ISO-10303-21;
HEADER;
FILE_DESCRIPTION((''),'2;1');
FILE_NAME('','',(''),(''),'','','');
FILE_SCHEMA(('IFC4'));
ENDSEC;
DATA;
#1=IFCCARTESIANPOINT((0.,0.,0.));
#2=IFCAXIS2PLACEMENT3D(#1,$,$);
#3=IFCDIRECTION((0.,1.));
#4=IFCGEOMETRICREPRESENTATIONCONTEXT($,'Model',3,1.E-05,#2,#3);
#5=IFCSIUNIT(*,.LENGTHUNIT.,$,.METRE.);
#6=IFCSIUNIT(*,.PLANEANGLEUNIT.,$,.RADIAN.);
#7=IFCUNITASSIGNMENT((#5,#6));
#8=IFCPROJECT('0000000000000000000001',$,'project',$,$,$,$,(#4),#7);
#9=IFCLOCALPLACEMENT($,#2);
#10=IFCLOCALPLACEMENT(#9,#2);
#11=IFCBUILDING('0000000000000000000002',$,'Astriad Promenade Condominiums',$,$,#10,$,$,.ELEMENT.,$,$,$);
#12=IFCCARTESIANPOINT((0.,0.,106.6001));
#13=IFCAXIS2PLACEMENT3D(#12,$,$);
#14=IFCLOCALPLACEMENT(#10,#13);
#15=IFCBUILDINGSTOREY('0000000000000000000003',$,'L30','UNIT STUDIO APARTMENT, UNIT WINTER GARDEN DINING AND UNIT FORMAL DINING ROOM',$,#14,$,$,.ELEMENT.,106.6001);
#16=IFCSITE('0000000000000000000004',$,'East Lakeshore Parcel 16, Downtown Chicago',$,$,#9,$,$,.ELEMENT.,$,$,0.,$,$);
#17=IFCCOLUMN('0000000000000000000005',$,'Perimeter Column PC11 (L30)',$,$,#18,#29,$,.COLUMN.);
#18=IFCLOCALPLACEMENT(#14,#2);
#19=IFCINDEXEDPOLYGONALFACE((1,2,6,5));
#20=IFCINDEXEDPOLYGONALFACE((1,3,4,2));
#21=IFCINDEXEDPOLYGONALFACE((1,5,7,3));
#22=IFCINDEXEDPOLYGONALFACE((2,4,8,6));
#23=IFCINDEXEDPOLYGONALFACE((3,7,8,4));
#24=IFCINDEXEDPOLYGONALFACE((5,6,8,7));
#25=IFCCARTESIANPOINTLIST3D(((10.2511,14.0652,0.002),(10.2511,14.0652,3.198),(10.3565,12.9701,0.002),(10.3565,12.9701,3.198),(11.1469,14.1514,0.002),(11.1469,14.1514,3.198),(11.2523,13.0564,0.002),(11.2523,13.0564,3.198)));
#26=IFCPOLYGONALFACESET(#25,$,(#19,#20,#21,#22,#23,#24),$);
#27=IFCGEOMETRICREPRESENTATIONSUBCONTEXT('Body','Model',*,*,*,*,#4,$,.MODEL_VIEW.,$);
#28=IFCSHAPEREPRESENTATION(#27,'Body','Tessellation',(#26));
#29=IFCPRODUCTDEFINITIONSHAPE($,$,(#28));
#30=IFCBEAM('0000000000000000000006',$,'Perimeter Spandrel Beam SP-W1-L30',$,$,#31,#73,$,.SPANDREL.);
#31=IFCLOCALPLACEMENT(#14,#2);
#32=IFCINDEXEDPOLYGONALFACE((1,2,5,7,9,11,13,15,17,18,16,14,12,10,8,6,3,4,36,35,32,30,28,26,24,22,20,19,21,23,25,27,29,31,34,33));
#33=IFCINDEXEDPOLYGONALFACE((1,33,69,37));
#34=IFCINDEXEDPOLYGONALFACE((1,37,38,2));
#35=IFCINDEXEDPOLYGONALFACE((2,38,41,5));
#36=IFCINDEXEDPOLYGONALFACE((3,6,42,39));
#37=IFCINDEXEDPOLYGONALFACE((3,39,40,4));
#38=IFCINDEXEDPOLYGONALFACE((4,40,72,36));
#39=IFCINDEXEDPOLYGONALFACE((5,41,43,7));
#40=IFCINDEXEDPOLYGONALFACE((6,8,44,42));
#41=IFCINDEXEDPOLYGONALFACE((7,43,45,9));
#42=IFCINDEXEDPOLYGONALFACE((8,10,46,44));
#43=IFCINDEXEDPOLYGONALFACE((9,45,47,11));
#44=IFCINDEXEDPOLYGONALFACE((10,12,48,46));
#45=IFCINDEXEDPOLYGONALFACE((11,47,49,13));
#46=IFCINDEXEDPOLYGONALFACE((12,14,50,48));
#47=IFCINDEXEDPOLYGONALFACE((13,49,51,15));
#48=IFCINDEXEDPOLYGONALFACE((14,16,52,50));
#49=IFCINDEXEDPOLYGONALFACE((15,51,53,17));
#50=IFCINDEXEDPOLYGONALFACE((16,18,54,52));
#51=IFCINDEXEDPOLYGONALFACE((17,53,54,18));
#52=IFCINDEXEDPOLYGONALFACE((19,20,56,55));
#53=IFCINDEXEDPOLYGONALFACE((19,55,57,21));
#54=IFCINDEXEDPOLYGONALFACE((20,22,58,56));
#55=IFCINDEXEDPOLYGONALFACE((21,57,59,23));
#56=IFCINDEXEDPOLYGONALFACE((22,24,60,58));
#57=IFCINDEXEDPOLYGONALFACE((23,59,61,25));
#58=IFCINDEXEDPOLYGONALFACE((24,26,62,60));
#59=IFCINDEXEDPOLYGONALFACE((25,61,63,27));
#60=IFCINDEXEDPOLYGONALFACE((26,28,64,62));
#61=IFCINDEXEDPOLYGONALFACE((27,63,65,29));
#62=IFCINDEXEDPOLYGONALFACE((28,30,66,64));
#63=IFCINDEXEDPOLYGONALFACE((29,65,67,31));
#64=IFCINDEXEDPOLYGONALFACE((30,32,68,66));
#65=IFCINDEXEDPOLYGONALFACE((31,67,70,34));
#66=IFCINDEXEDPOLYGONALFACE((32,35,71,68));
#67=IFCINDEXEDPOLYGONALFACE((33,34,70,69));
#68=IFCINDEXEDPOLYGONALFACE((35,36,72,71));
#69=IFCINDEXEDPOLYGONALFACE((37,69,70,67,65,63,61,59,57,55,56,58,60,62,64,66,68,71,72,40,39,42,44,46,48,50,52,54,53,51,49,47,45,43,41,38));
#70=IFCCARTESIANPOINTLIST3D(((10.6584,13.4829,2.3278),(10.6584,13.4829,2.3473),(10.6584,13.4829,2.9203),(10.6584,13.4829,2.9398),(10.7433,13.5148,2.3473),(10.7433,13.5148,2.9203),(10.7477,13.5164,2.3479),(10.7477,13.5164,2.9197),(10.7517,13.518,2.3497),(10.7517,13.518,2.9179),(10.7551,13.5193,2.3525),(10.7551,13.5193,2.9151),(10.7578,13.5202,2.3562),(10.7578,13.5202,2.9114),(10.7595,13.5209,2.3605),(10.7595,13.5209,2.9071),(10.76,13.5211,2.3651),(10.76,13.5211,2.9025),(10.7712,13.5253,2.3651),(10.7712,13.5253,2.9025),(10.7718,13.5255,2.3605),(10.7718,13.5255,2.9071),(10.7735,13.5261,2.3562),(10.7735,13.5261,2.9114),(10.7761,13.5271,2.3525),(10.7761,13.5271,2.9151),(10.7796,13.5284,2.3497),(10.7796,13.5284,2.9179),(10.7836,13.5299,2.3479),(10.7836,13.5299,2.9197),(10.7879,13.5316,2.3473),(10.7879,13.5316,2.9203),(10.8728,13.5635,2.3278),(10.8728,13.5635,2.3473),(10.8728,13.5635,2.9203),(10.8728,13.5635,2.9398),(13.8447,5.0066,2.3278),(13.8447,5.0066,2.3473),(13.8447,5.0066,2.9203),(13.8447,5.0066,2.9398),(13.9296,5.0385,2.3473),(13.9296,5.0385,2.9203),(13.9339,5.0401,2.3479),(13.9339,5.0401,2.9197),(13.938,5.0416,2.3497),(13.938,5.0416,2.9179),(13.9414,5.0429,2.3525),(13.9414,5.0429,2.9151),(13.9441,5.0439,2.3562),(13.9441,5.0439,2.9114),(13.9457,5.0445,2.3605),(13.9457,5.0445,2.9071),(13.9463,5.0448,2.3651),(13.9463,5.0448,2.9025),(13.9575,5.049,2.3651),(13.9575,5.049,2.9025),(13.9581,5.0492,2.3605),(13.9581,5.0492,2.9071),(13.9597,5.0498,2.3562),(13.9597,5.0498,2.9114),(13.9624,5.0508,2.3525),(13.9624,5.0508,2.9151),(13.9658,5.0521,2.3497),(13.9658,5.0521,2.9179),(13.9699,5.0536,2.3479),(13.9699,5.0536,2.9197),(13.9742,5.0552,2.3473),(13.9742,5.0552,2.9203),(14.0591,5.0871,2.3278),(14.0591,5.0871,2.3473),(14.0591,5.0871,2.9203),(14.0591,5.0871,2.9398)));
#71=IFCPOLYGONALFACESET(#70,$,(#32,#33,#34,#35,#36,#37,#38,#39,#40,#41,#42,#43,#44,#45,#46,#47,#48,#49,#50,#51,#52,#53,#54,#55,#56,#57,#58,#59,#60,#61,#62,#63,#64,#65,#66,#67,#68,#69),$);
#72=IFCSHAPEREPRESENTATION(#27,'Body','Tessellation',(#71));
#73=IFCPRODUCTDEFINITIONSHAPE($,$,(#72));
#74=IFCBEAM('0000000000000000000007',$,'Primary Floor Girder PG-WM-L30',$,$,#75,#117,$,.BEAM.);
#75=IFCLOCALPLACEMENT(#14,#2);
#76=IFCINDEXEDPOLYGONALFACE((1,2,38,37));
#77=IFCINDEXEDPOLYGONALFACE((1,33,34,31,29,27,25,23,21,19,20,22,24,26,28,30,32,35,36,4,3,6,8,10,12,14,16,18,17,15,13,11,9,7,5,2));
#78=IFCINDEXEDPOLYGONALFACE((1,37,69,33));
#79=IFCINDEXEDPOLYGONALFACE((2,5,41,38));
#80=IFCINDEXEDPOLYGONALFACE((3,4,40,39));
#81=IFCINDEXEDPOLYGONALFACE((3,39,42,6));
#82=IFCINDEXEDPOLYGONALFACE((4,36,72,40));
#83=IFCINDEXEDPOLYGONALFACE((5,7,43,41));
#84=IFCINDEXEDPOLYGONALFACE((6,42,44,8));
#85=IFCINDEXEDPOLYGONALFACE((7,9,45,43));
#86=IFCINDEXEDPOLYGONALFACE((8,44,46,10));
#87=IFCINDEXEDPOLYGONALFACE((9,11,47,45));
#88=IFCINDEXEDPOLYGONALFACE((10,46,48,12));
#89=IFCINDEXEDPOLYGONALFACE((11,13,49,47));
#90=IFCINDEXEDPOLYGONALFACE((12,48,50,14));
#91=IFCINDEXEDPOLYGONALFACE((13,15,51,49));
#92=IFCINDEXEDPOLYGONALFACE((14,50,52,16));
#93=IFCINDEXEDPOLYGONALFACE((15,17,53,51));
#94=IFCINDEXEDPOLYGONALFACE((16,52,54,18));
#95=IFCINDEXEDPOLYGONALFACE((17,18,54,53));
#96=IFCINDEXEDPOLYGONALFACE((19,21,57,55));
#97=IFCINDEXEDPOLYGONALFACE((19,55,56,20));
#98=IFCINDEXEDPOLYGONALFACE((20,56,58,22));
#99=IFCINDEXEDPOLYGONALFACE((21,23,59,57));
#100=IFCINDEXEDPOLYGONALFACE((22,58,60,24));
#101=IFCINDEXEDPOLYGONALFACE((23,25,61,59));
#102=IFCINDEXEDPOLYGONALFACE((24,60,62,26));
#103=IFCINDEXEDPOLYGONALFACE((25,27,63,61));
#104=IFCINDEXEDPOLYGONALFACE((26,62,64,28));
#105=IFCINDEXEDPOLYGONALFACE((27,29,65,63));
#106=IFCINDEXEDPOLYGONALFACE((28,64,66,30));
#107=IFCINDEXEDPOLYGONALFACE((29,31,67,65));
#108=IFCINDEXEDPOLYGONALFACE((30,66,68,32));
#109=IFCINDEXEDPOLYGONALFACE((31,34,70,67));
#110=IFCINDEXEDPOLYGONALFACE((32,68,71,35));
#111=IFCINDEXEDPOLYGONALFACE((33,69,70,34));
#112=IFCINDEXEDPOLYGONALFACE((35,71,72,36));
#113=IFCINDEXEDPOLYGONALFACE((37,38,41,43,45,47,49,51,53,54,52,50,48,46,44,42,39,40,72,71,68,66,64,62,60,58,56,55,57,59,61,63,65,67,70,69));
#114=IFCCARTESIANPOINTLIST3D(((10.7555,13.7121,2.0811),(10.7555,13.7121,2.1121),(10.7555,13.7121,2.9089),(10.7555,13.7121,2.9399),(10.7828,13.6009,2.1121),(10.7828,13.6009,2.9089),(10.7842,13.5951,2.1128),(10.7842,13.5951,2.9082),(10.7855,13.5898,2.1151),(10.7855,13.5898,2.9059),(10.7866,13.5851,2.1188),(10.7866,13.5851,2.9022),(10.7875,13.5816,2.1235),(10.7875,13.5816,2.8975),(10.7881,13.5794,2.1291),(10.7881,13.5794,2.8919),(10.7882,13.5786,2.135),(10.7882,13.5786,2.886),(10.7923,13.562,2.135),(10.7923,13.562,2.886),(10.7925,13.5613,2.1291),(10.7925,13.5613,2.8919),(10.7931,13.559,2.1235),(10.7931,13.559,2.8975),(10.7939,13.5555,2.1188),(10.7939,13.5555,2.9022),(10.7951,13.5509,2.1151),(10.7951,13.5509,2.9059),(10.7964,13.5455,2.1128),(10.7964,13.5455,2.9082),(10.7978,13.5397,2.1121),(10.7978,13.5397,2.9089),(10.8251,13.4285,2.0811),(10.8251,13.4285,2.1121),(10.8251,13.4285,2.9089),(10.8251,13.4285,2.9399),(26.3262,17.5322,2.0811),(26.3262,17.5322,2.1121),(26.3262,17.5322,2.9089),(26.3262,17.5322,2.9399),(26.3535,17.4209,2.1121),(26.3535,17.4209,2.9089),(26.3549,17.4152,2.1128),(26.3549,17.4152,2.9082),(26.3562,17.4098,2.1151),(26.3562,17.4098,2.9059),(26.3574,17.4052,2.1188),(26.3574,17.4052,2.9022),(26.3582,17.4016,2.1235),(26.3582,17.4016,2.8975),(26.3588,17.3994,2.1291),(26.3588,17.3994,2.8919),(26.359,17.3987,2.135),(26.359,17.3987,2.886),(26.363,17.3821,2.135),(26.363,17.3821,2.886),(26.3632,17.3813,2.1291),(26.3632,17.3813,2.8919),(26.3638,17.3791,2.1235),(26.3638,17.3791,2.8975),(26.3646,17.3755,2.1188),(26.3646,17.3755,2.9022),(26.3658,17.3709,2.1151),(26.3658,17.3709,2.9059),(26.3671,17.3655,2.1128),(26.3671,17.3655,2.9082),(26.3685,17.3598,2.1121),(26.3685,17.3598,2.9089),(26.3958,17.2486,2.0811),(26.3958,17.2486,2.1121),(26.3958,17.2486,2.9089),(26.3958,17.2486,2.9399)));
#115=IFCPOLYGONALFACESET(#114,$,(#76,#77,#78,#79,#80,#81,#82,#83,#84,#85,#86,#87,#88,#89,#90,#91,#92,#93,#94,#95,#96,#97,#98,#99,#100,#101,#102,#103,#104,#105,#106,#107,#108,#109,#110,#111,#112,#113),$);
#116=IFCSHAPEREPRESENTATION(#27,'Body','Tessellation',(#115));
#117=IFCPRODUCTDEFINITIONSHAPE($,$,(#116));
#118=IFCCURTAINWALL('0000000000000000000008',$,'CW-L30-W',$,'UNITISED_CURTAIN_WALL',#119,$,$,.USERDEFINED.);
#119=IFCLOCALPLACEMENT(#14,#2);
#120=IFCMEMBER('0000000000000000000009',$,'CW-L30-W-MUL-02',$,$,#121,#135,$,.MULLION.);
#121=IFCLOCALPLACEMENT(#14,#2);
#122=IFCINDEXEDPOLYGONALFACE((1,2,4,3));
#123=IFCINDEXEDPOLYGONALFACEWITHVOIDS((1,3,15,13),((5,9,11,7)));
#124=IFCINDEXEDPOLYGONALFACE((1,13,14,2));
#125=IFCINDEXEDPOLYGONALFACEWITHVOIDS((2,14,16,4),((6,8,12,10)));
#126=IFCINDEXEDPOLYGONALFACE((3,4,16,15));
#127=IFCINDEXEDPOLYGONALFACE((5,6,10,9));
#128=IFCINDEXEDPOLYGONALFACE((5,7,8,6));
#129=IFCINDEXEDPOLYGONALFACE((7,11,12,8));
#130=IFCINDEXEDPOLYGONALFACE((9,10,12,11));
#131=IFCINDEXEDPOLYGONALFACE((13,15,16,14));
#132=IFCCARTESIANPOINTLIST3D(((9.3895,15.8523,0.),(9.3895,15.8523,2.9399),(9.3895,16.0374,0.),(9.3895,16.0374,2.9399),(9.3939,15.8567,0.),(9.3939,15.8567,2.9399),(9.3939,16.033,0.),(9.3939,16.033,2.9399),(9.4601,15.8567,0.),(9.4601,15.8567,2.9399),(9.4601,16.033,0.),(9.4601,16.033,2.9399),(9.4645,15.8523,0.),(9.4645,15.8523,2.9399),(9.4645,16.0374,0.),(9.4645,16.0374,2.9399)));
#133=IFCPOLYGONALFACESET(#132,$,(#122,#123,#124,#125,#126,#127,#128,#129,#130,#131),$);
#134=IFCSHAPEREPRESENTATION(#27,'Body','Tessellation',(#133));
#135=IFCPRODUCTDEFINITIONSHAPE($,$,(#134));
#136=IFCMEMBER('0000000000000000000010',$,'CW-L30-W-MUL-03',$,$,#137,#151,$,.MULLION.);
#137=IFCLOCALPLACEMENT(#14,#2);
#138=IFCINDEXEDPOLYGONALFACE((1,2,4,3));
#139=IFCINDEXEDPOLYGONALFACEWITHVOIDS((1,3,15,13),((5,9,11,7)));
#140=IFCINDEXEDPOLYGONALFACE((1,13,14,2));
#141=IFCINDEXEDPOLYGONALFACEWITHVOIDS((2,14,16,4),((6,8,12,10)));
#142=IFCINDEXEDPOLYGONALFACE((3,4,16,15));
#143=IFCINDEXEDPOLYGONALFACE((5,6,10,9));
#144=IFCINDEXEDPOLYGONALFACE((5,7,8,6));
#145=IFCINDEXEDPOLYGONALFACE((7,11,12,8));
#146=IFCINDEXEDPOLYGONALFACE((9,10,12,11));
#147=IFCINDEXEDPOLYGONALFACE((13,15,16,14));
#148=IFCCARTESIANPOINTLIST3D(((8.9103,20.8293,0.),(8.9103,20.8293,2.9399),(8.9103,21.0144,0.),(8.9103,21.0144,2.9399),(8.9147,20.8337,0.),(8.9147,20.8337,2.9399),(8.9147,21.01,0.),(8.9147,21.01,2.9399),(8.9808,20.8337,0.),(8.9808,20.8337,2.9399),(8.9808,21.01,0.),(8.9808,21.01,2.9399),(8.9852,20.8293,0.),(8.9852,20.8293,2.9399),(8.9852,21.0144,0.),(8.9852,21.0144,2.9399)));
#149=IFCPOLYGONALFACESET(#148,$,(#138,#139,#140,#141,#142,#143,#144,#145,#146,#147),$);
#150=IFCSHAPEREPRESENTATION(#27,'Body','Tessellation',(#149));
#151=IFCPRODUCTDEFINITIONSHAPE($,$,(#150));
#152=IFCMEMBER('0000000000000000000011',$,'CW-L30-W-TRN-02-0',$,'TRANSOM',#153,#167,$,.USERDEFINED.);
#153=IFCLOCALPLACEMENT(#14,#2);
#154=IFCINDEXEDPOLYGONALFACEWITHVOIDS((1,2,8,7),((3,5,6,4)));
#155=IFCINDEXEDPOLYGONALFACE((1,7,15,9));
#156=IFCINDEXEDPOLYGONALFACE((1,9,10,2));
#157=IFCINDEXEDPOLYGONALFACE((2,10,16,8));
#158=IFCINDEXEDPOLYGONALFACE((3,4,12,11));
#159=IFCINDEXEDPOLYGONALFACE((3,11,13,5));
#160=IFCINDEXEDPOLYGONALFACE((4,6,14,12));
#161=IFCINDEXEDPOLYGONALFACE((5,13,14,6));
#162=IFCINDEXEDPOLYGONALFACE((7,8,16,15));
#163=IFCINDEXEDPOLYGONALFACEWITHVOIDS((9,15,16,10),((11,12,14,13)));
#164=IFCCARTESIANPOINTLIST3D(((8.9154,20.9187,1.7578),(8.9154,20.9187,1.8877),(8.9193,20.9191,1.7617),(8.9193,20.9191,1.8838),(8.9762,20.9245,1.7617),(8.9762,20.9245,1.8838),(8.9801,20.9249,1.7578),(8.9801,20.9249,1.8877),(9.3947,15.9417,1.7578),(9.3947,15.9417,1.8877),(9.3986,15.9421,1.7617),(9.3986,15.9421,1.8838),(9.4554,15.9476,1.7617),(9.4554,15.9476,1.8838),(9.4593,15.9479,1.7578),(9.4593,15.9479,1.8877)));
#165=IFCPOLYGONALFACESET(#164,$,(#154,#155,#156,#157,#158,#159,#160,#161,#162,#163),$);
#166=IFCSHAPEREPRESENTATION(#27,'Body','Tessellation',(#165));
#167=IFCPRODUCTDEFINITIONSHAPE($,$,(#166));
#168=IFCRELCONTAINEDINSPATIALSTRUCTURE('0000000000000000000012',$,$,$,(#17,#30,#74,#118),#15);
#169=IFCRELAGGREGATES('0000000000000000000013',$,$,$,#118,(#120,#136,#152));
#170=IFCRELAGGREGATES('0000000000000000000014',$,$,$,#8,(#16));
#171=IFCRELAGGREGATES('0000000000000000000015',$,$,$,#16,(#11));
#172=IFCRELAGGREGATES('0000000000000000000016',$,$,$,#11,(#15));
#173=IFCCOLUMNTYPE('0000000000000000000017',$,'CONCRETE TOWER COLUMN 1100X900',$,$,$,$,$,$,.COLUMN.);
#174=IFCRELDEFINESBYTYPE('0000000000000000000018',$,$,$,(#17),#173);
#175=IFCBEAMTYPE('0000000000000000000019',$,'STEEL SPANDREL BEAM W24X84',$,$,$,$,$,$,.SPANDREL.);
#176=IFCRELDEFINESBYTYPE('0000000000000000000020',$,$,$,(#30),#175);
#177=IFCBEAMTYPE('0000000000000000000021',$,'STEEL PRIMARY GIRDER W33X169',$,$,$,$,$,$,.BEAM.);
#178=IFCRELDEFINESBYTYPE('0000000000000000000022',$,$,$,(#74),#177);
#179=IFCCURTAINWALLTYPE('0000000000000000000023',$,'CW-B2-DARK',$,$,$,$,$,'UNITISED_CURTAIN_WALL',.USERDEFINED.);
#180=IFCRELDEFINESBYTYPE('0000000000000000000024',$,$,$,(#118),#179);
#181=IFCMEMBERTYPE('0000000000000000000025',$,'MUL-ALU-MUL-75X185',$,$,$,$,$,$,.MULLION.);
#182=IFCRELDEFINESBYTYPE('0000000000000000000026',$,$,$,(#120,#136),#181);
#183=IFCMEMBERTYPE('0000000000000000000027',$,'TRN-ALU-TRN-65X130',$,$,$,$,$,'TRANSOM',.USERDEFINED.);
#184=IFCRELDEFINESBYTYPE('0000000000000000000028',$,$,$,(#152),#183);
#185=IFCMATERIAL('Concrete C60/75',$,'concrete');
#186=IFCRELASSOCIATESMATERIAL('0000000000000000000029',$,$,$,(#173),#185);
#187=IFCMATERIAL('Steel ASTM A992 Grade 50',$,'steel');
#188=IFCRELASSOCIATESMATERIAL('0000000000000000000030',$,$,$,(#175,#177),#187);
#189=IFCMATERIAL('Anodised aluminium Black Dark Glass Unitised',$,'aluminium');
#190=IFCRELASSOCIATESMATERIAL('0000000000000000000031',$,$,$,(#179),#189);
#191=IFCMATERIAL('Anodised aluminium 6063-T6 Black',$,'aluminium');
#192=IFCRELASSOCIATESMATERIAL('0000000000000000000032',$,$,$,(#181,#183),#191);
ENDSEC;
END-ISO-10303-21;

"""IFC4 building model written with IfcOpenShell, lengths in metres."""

from ifc_helpers import new_model, si_unit, direction, frame, origin, origin_2d, place, context, subcontext, project, spatial, rectangle, hollow_rectangle, i_section, extrude, source, transform, mapped, material, material_profile, profile_set, type_object, type_shapes, element, aggregate, save


model = new_model("IFC4")

# Units and contexts
model_context = context("Model", 3, precision=1e-05, world=origin(), true_north=direction((0.0, 1.0)))
body_context = subcontext(model_context, "Body", "Model", "MODEL_VIEW")
ifc_project = project(units=[si_unit("LENGTHUNIT", "METRE"), si_unit("PLANEANGLEUNIT", "RADIAN")], contexts=[model_context])

# Site, building, storey
site_placement = place(None, origin())
site = spatial("IfcSite", under=ifc_project, at=site_placement, Name="East Lakeshore Parcel 16, Downtown Chicago", CompositionType="ELEMENT", RefElevation=0.0)
building_placement = place(site_placement, origin())
building = spatial("IfcBuilding", under=site, at=building_placement, Name="Astriad Promenade Condominiums", CompositionType="ELEMENT")
storey_placement = place(building_placement, frame((0.0, 0.0, 106.6001)))
storey = spatial("IfcBuildingStorey", under=building, at=storey_placement, Name="L30", Description="UNIT STUDIO APARTMENT, UNIT WINTER GARDEN DINING AND UNIT FORMAL DINING ROOM", CompositionType="ELEMENT", Elevation=106.6001)

# Column
ifc_material_1 = material(Name="Concrete C60/75", Category="concrete")
ifc_material_profile_1 = material_profile(ifc_material_1, rectangle(XDim=0.8999, YDim=1.1001, at=origin_2d()), Name="RC-COL-1100X900")
ifc_profile_set_1 = profile_set([ifc_material_profile_1], Name="Concrete C60/75")
column_type = type_object("IfcColumnType", Name="CONCRETE TOWER COLUMN 1100X900", PredefinedType="COLUMN", material=ifc_profile_set_1)
shared_shape_1 = source(origin(), body_context, "Body", "SweptSolid", [
    extrude(rectangle(XDim=0.8999, YDim=1.1001, at=origin_2d()), origin(), (0.0, 0.0, 1.0), 3.196),
])
type_shapes(column_type, [shared_shape_1])
column_placement = place(storey_placement, frame((10.7517, 13.5608, 0.002), z_axis=(0.0, 0.0, 1.0), x_axis=(0.995396, 0.095846, 0.0)))
element("IfcColumn", 1, at=column_placement, inside=storey, type_object=column_type, Name="Perimeter Column PC11 (L30)", PredefinedType="COLUMN", context=body_context, shape_type="MappedRepresentation", body=[
    mapped(shared_shape_1, transform((0.0, 0.0, 0.0), scale=1.0)),
])

# Beams
ifc_material_2 = material(Name="Steel ASTM A992 Grade 50", Category="steel")
ifc_material_profile_2 = material_profile(ifc_material_2, i_section(OverallWidth=0.229, OverallDepth=0.6121, WebThickness=0.012, FlangeThickness=0.0195, FilletRadius=0.0178, at=origin_2d()), Name="W24X84")
ifc_profile_set_2 = profile_set([ifc_material_profile_2], Name="Steel ASTM A992 Grade 50")
beam_type_1 = type_object("IfcBeamType", Name="STEEL SPANDREL BEAM W24X84", PredefinedType="SPANDREL", material=ifc_profile_set_2)
shared_shape_2 = source(origin(), body_context, "Body", "SweptSolid", [
    extrude(i_section(OverallWidth=0.229, OverallDepth=0.6121, WebThickness=0.012, FlangeThickness=0.0195, FilletRadius=0.0178, at=origin_2d()), origin(), (0.0, 0.0, 1.0), 9.0554),
])
type_shapes(beam_type_1, [shared_shape_2])
beam_1_placement = place(storey_placement, frame((10.7656, 13.5232, 2.6338), z_axis=(0.351865, -0.936051, 0.0), x_axis=(0.936051, 0.351865, 0.0)))
element("IfcBeam", 2, at=beam_1_placement, inside=storey, type_object=beam_type_1, Name="Perimeter Spandrel Beam SP-W1-L30", PredefinedType="SPANDREL", context=body_context, shape_type="MappedRepresentation", body=[
    mapped(shared_shape_2, transform((0.0, 0.0, 0.0), scale=1.0)),
])
ifc_material_profile_3 = material_profile(ifc_material_2, i_section(OverallWidth=0.292, OverallDepth=0.8589, WebThickness=0.0171, FlangeThickness=0.031, FilletRadius=0.0229, at=origin_2d()), Name="W33X169")
ifc_profile_set_3 = profile_set([ifc_material_profile_3], Name="Steel ASTM A992 Grade 50")
beam_type_2 = type_object("IfcBeamType", Name="STEEL PRIMARY GIRDER W33X169", PredefinedType="BEAM", material=ifc_profile_set_3)
shared_shape_3 = source(origin(), body_context, "Body", "SweptSolid", [
    extrude(i_section(OverallWidth=0.292, OverallDepth=0.8589, WebThickness=0.0171, FlangeThickness=0.031, FilletRadius=0.0229, at=origin_2d()), origin(), (0.0, 0.0, 1.0), 16.0325),
])
type_shapes(beam_type_2, [shared_shape_3])
beam_2_placement = place(storey_placement, frame((10.7903, 13.5703, 2.5105), z_axis=(0.971199, 0.238269, 0.0), x_axis=(-0.238269, 0.971199, 0.0)))
element("IfcBeam", 3, at=beam_2_placement, inside=storey, type_object=beam_type_2, Name="Primary Floor Girder PG-WM-L30", PredefinedType="BEAM", context=body_context, shape_type="MappedRepresentation", body=[
    mapped(shared_shape_3, transform((0.0, 0.0, 0.0), scale=1.0)),
])

# Curtain wall, members
ifc_material_3 = material(Name="Anodised aluminium Black Dark Glass Unitised", Category="aluminium")
curtain_wall_type = type_object("IfcCurtainWallType", Name="CW-B2-DARK", ElementType="UNITISED_CURTAIN_WALL", PredefinedType="USERDEFINED", material=ifc_material_3)
curtain_wall_placement = place(storey_placement, origin())
curtain_wall = element("IfcCurtainWall", 4, at=curtain_wall_placement, inside=storey, type_object=curtain_wall_type, Name="CW-L30-W", ObjectType="UNITISED_CURTAIN_WALL", PredefinedType="USERDEFINED")
ifc_material_4 = material(Name="Anodised aluminium 6063-T6 Black", Category="aluminium")
ifc_material_profile_4 = material_profile(ifc_material_4, hollow_rectangle(XDim=0.075, YDim=0.1851, WallThickness=0.0044, at=origin_2d()), Name="ALU-MUL-75X185")
ifc_profile_set_4 = profile_set([ifc_material_profile_4], Name="Anodised aluminium 6063-T6 Black")
member_type_1 = type_object("IfcMemberType", Name="MUL-ALU-MUL-75X185", PredefinedType="MULLION", material=ifc_profile_set_4)
shared_shape_4 = source(origin(), body_context, "Body", "SweptSolid", [
    extrude(hollow_rectangle(XDim=0.075, YDim=0.1851, WallThickness=0.0044, at=origin_2d()), origin(), (0.0, 0.0, 1.0), 2.9399),
])
type_shapes(member_type_1, [shared_shape_4])
member_1_placement = place(storey_placement, frame((9.427, 15.9448, 0.0), z_axis=(0.0, 0.0, 1.0), x_axis=(1.0, 0.0, 0.0)))
member_1 = element("IfcMember", 5, at=member_1_placement, type_object=member_type_1, Name="CW-L30-W-MUL-02", PredefinedType="MULLION", context=body_context, shape_type="MappedRepresentation", body=[
    mapped(shared_shape_4, transform((0.0, 0.0, 0.0), scale=1.0)),
])
member_2_placement = place(storey_placement, frame((8.9478, 20.9219, 0.0), z_axis=(0.0, 0.0, 1.0), x_axis=(1.0, 0.0, 0.0)))
member_2 = element("IfcMember", 6, at=member_2_placement, type_object=member_type_1, Name="CW-L30-W-MUL-03", PredefinedType="MULLION", context=body_context, shape_type="MappedRepresentation", body=[
    mapped(shared_shape_4, transform((0.0, 0.0, 0.0), scale=1.0)),
])
ifc_material_profile_5 = material_profile(ifc_material_4, hollow_rectangle(XDim=0.0649, YDim=0.1299, WallThickness=0.0039, at=origin_2d()), Name="ALU-TRN-65X130")
ifc_profile_set_5 = profile_set([ifc_material_profile_5], Name="Anodised aluminium 6063-T6 Black")
member_type_2 = type_object("IfcMemberType", Name="TRN-ALU-TRN-65X130", ElementType="TRANSOM", PredefinedType="USERDEFINED", material=ifc_profile_set_5)
shared_shape_5 = source(origin(), body_context, "Body", "SweptSolid", [
    extrude(hollow_rectangle(XDim=0.0649, YDim=0.1299, WallThickness=0.0039, at=origin_2d()), origin(), (0.0, 0.0, 1.0), 5.0),
])
type_shapes(member_type_2, [shared_shape_5])
member_3_placement = place(storey_placement, frame((9.427, 15.9448, 1.8228), z_axis=(-0.095848, 0.995396, 0.0), x_axis=(-0.995396, -0.095848, 0.0)))
member_3 = element("IfcMember", 7, at=member_3_placement, type_object=member_type_2, Name="CW-L30-W-TRN-02-0", ObjectType="TRANSOM", PredefinedType="USERDEFINED", context=body_context, shape_type="MappedRepresentation", body=[
    mapped(shared_shape_5, transform((0.0, 0.0, 0.0), scale=1.0)),
])
aggregate(curtain_wall, [member_1, member_2, member_3])

save(model, "model.ifc")
